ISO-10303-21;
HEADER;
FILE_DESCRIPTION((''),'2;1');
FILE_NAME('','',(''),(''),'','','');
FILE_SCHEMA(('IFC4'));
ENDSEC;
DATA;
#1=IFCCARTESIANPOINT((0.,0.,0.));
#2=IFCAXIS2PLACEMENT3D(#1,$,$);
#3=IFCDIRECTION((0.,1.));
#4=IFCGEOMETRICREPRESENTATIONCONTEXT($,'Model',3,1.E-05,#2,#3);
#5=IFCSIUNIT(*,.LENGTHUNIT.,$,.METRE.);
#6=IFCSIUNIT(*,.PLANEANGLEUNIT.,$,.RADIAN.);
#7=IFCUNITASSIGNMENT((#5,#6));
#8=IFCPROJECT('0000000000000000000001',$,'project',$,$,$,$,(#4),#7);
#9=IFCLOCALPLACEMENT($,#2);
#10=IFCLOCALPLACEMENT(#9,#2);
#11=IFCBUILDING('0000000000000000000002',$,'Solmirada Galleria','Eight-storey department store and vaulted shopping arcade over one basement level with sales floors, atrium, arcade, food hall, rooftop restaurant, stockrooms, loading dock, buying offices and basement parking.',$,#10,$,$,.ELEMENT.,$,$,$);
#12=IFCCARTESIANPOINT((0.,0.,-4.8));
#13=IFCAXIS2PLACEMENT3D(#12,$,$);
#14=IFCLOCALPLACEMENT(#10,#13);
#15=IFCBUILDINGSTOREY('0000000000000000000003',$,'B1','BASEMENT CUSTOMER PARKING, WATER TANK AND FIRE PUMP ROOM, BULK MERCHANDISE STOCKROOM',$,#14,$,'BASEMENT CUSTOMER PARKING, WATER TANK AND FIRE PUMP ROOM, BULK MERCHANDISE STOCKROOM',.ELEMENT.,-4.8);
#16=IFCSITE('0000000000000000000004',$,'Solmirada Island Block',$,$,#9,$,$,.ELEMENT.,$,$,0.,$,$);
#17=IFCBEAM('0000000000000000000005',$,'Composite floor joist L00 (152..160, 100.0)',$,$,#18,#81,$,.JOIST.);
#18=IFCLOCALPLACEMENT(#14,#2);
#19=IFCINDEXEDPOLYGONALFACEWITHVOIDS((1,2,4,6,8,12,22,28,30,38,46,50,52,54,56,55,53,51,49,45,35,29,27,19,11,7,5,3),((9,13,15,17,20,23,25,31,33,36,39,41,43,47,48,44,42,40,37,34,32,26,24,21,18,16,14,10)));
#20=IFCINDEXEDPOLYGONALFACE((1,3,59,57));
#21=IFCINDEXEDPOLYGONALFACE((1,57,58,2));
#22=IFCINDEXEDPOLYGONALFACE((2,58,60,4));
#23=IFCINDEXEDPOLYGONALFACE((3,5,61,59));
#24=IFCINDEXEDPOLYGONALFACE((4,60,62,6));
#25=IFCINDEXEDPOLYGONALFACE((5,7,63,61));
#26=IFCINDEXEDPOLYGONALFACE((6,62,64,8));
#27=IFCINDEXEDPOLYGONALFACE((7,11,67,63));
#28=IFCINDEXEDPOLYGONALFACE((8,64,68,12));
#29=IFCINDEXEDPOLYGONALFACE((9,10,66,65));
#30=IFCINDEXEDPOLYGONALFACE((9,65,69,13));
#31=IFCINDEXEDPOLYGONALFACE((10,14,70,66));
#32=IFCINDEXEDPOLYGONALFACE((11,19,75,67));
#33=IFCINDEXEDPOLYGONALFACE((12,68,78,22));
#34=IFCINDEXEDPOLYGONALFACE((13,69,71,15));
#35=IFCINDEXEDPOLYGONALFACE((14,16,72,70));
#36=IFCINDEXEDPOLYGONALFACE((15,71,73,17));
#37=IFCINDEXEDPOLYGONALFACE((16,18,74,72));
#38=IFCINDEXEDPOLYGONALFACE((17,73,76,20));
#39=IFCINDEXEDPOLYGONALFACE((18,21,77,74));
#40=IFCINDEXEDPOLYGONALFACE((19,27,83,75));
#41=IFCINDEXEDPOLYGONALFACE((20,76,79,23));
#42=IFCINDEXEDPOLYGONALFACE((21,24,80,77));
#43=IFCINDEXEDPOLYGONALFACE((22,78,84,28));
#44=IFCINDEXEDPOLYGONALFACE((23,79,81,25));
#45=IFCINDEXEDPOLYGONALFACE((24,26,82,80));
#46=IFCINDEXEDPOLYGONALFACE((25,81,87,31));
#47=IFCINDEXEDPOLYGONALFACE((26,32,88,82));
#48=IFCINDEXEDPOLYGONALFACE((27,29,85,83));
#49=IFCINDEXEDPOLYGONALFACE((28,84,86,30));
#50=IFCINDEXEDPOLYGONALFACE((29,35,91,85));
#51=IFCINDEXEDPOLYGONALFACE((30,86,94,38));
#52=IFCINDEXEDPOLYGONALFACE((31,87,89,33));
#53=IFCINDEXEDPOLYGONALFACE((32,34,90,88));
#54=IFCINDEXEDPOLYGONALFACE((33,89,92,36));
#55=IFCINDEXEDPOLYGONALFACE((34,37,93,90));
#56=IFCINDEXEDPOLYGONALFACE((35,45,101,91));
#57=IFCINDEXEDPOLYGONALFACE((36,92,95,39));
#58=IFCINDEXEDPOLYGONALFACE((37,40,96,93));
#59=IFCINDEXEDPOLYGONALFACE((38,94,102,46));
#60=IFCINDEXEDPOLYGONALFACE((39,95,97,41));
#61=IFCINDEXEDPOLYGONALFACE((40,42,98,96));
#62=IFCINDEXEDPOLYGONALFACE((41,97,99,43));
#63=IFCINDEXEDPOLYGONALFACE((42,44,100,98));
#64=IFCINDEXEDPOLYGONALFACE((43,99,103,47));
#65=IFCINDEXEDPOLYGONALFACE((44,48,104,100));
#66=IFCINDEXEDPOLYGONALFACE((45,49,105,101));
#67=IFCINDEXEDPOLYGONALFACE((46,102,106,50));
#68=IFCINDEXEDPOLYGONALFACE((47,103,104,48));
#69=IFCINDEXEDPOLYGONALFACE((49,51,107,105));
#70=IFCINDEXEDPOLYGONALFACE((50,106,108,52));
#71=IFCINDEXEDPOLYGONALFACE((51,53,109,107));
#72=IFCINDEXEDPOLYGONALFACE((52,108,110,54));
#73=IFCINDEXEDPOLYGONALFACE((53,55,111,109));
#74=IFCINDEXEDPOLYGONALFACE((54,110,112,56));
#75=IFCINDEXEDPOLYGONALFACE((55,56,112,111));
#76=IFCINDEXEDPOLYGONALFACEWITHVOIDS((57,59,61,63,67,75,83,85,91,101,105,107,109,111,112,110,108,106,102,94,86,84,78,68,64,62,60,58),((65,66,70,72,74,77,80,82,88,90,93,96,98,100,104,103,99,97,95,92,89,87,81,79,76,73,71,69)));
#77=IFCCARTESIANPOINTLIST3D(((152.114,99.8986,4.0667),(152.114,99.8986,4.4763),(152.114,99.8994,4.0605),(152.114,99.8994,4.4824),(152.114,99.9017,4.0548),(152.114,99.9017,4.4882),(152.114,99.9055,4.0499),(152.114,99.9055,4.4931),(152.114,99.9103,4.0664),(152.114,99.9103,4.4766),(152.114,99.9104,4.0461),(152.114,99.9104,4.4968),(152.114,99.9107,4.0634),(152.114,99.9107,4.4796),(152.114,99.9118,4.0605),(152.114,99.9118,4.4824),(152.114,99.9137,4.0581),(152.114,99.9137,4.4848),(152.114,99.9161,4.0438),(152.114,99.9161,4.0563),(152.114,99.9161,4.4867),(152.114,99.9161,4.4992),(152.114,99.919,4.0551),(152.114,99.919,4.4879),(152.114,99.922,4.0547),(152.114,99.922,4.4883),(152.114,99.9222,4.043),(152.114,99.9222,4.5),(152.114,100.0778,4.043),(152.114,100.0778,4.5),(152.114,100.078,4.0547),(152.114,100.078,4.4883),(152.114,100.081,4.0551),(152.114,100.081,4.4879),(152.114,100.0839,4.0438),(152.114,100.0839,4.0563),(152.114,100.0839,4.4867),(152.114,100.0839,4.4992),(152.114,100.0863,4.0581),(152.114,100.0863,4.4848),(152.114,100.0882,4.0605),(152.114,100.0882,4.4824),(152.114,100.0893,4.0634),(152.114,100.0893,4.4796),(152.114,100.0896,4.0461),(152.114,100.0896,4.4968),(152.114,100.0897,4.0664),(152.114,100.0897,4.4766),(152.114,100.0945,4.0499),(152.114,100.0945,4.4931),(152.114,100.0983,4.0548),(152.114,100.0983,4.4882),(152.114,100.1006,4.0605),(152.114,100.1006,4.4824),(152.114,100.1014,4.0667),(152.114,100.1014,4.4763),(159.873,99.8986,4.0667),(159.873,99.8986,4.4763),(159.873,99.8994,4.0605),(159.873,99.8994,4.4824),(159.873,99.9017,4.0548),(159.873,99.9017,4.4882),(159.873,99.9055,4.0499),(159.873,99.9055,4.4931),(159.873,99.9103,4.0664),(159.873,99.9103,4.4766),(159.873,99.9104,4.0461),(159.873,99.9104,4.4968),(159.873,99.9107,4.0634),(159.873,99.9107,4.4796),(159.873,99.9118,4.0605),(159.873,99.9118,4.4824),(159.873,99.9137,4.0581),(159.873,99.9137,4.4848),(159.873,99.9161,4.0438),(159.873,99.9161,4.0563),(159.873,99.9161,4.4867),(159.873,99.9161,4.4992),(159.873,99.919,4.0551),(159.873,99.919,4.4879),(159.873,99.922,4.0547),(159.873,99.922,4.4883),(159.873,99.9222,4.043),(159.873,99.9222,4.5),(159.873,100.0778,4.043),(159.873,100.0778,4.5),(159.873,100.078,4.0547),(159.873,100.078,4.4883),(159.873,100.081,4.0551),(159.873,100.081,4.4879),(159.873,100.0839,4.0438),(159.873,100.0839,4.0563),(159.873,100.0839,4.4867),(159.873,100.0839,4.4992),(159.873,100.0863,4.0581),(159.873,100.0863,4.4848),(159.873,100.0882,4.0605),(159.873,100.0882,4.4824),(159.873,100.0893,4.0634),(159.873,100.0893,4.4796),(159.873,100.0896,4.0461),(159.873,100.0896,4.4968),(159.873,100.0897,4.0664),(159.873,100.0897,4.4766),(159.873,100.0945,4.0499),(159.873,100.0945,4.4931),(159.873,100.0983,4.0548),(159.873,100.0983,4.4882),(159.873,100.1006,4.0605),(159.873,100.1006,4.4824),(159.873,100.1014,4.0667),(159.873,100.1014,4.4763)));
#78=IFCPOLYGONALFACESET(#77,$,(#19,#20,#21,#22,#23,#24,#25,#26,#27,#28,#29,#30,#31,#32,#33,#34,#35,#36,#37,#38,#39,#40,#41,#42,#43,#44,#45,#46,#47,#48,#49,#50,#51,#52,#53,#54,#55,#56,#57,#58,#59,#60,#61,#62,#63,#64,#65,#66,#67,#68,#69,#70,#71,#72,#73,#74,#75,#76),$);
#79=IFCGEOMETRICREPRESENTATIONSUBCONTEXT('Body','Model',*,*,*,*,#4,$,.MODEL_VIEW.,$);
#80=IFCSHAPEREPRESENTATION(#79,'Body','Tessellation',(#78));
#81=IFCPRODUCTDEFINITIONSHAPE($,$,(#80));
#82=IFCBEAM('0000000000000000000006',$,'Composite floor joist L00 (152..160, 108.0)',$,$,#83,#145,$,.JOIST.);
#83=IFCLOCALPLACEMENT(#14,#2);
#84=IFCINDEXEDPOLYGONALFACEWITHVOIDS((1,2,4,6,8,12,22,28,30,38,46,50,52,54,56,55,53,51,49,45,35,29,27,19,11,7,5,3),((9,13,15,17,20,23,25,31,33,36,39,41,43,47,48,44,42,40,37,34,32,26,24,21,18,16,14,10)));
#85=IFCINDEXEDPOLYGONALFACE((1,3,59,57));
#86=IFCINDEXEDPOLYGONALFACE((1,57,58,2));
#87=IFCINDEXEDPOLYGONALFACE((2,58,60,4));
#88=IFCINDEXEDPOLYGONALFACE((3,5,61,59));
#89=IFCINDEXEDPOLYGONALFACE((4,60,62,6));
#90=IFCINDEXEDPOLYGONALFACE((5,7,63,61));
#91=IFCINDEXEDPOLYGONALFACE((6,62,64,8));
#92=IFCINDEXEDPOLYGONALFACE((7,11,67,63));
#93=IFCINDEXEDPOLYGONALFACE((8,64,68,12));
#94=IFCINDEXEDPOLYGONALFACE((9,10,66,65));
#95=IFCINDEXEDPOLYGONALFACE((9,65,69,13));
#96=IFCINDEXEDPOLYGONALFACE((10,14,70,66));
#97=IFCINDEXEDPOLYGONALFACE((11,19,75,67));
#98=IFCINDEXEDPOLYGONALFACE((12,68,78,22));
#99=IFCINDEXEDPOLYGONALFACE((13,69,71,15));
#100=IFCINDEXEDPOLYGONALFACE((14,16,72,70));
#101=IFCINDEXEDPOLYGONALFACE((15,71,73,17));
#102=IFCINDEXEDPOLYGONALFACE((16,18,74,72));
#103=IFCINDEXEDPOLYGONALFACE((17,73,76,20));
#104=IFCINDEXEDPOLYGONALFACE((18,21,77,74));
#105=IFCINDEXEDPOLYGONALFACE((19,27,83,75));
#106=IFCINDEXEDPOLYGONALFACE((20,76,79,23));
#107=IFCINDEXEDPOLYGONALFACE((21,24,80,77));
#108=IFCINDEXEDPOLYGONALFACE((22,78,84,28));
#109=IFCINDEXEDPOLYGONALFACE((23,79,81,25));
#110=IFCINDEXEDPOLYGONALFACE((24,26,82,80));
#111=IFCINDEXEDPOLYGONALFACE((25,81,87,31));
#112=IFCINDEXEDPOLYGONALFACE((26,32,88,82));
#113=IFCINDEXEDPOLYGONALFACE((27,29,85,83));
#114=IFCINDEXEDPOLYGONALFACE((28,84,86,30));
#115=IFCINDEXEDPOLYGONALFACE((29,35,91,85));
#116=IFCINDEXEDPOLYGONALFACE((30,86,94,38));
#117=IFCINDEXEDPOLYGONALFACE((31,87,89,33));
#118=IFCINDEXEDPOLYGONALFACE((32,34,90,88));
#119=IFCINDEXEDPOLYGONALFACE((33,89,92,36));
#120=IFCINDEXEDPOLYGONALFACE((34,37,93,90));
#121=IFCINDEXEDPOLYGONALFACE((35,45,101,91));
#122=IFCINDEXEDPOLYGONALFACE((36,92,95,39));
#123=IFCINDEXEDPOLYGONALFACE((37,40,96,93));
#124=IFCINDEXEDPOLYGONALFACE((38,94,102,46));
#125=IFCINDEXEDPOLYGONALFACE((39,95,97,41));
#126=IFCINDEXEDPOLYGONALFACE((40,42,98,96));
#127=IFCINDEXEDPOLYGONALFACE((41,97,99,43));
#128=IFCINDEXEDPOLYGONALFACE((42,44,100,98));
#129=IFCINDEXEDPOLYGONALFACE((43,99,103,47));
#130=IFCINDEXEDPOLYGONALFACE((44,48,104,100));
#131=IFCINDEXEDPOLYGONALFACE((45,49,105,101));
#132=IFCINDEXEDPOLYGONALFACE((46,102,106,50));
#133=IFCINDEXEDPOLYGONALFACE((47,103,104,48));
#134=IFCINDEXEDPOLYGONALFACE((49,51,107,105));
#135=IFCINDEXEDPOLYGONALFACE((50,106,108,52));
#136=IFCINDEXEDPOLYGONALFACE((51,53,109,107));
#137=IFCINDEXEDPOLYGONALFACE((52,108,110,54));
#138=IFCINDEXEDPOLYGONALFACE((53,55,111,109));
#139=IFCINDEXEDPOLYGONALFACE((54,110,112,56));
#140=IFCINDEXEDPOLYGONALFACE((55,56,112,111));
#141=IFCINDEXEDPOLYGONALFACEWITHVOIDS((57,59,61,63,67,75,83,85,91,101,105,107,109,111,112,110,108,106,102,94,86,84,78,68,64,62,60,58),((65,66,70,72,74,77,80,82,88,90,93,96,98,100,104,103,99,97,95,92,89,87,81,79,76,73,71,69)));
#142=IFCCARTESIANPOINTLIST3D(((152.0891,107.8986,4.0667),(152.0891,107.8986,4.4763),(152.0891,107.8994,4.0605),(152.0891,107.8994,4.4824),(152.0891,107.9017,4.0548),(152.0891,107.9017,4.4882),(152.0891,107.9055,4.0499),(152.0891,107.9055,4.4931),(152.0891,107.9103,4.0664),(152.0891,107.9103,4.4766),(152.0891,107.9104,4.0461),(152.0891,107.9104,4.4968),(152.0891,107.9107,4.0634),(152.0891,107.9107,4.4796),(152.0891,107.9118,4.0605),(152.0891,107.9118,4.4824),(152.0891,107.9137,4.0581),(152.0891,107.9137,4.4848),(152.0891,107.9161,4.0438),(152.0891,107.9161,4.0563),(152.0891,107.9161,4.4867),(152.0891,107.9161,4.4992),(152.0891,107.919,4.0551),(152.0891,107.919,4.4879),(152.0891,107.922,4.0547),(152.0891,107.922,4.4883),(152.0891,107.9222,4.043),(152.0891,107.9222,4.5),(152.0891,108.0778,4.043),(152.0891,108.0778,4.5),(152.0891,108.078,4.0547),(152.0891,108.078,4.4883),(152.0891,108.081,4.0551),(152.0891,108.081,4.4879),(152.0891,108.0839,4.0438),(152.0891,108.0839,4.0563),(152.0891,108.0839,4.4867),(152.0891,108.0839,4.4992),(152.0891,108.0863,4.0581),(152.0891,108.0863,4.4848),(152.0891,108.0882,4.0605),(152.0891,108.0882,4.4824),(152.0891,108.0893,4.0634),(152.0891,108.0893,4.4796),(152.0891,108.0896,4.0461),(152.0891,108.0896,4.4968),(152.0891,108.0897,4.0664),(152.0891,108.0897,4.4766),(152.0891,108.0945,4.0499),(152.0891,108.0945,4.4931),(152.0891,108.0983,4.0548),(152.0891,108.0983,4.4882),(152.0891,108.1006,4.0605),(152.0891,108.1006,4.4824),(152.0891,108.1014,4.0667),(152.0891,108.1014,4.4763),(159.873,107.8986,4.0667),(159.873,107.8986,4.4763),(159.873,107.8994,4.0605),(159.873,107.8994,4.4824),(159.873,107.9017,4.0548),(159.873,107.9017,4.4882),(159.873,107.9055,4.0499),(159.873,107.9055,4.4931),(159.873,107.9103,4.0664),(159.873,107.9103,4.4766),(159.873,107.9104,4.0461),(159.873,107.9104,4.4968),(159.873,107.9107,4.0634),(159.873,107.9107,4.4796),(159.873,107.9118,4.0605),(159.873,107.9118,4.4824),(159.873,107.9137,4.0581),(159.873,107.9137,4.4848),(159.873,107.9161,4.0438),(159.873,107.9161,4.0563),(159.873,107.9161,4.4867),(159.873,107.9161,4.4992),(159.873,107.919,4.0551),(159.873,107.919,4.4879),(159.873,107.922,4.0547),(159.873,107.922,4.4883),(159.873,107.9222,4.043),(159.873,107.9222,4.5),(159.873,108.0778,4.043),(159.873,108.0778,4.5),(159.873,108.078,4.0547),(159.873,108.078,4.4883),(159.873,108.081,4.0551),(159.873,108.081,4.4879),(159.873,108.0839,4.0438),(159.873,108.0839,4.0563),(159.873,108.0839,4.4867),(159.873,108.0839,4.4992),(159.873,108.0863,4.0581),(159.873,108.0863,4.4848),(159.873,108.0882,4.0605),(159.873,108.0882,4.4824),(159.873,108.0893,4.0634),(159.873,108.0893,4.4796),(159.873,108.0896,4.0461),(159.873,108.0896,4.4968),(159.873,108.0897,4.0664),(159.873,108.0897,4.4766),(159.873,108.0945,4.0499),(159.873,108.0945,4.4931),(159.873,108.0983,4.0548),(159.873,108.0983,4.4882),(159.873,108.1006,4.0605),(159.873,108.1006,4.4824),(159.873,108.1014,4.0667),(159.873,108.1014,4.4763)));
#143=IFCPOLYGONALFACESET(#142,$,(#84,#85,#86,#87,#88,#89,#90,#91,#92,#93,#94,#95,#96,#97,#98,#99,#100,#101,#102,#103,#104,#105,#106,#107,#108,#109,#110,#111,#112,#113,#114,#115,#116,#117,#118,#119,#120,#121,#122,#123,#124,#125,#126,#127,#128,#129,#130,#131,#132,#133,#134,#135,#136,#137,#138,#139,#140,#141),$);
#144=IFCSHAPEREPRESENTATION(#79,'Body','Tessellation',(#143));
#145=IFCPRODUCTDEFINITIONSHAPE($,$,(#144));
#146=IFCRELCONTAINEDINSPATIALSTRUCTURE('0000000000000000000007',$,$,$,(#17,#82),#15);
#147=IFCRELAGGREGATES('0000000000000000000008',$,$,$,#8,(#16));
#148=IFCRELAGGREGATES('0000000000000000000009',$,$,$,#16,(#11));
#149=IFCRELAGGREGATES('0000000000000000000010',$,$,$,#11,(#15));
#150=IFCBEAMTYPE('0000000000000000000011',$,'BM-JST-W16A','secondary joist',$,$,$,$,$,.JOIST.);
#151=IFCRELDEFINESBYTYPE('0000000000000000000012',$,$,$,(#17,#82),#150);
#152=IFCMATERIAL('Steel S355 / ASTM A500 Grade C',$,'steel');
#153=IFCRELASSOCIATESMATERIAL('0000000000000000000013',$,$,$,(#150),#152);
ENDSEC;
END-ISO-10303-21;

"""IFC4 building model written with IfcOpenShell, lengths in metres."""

from ifc_helpers import new_model, si_unit, direction, frame, origin, origin_2d, place, context, subcontext, project, spatial, hollow_rectangle, extrude, material, material_profile, profile_set, type_object, element, save


model = new_model("IFC4")

# Units and contexts
model_context = context("Model", 3, precision=1e-05, world=origin(), true_north=direction((0.0, 1.0)))
body_context = subcontext(model_context, "Body", "Model", "MODEL_VIEW")
ifc_project = project(units=[si_unit("LENGTHUNIT", "METRE"), si_unit("PLANEANGLEUNIT", "RADIAN")], contexts=[model_context])

# Site, building, storey
site_placement = place(None, origin())
site = spatial("IfcSite", under=ifc_project, at=site_placement, Name="Solmirada Island Block", CompositionType="ELEMENT", RefElevation=0.0)
building_placement = place(site_placement, origin())
building = spatial("IfcBuilding", under=site, at=building_placement, Name="Solmirada Galleria", Description="Eight-storey department store and vaulted shopping arcade over one basement level with sales floors, atrium, arcade, food hall, rooftop restaurant, stockrooms, loading dock, buying offices and basement parking.", CompositionType="ELEMENT")
storey_placement = place(building_placement, frame((0.0, 0.0, -4.8)))
storey = spatial("IfcBuildingStorey", under=building, at=storey_placement, Name="B1", Description="BASEMENT CUSTOMER PARKING, WATER TANK AND FIRE PUMP ROOM, BULK MERCHANDISE STOCKROOM", LongName="BASEMENT CUSTOMER PARKING, WATER TANK AND FIRE PUMP ROOM, BULK MERCHANDISE STOCKROOM", CompositionType="ELEMENT", Elevation=-4.8)

# Beams
ifc_material_1 = material(Name="Steel S355 / ASTM A500 Grade C", Category="steel")
ifc_material_profile_1 = material_profile(ifc_material_1, hollow_rectangle(XDim=0.2029, YDim=0.457, WallThickness=0.0117, InnerFilletRadius=0.0117, OuterFilletRadius=0.0237, at=origin_2d()), Name="HSS18X8X1/2")
ifc_profile_set_1 = profile_set([ifc_material_profile_1], Name="Steel S355 / ASTM A500 Grade C")
beam_type_1 = type_object("IfcBeamType", Name="BM-JST-W16A", Description="secondary joist", PredefinedType="JOIST", material=ifc_profile_set_1)
beam_1_placement = place(storey_placement, frame((152.114, 100.0, 4.2715), z_axis=(1.0, 0.0, 0.0), x_axis=(0.0, 1.0, 0.0)))
element("IfcBeam", 1, at=beam_1_placement, inside=storey, type_object=beam_type_1, Name="Composite floor joist L00 (152..160, 100.0)", PredefinedType="JOIST", context=body_context, shape_type="SweptSolid", body=[
    extrude(hollow_rectangle(XDim=0.2029, YDim=0.457, WallThickness=0.0117, InnerFilletRadius=0.0117, OuterFilletRadius=0.0237, at=origin_2d()), origin(), (0.0, 0.0, 1.0), 7.759),
])
beam_2_placement = place(storey_placement, frame((152.0891, 108.0, 4.2715), z_axis=(1.0, 0.0, 0.0), x_axis=(0.0, 1.0, 0.0)))
element("IfcBeam", 2, at=beam_2_placement, inside=storey, type_object=beam_type_1, Name="Composite floor joist L00 (152..160, 108.0)", PredefinedType="JOIST", context=body_context, shape_type="SweptSolid", body=[
    extrude(hollow_rectangle(XDim=0.2029, YDim=0.457, WallThickness=0.0117, InnerFilletRadius=0.0117, OuterFilletRadius=0.0237, at=origin_2d()), origin(), (0.0, 0.0, 1.0), 7.7839),
])

save(model, "model.ifc")
